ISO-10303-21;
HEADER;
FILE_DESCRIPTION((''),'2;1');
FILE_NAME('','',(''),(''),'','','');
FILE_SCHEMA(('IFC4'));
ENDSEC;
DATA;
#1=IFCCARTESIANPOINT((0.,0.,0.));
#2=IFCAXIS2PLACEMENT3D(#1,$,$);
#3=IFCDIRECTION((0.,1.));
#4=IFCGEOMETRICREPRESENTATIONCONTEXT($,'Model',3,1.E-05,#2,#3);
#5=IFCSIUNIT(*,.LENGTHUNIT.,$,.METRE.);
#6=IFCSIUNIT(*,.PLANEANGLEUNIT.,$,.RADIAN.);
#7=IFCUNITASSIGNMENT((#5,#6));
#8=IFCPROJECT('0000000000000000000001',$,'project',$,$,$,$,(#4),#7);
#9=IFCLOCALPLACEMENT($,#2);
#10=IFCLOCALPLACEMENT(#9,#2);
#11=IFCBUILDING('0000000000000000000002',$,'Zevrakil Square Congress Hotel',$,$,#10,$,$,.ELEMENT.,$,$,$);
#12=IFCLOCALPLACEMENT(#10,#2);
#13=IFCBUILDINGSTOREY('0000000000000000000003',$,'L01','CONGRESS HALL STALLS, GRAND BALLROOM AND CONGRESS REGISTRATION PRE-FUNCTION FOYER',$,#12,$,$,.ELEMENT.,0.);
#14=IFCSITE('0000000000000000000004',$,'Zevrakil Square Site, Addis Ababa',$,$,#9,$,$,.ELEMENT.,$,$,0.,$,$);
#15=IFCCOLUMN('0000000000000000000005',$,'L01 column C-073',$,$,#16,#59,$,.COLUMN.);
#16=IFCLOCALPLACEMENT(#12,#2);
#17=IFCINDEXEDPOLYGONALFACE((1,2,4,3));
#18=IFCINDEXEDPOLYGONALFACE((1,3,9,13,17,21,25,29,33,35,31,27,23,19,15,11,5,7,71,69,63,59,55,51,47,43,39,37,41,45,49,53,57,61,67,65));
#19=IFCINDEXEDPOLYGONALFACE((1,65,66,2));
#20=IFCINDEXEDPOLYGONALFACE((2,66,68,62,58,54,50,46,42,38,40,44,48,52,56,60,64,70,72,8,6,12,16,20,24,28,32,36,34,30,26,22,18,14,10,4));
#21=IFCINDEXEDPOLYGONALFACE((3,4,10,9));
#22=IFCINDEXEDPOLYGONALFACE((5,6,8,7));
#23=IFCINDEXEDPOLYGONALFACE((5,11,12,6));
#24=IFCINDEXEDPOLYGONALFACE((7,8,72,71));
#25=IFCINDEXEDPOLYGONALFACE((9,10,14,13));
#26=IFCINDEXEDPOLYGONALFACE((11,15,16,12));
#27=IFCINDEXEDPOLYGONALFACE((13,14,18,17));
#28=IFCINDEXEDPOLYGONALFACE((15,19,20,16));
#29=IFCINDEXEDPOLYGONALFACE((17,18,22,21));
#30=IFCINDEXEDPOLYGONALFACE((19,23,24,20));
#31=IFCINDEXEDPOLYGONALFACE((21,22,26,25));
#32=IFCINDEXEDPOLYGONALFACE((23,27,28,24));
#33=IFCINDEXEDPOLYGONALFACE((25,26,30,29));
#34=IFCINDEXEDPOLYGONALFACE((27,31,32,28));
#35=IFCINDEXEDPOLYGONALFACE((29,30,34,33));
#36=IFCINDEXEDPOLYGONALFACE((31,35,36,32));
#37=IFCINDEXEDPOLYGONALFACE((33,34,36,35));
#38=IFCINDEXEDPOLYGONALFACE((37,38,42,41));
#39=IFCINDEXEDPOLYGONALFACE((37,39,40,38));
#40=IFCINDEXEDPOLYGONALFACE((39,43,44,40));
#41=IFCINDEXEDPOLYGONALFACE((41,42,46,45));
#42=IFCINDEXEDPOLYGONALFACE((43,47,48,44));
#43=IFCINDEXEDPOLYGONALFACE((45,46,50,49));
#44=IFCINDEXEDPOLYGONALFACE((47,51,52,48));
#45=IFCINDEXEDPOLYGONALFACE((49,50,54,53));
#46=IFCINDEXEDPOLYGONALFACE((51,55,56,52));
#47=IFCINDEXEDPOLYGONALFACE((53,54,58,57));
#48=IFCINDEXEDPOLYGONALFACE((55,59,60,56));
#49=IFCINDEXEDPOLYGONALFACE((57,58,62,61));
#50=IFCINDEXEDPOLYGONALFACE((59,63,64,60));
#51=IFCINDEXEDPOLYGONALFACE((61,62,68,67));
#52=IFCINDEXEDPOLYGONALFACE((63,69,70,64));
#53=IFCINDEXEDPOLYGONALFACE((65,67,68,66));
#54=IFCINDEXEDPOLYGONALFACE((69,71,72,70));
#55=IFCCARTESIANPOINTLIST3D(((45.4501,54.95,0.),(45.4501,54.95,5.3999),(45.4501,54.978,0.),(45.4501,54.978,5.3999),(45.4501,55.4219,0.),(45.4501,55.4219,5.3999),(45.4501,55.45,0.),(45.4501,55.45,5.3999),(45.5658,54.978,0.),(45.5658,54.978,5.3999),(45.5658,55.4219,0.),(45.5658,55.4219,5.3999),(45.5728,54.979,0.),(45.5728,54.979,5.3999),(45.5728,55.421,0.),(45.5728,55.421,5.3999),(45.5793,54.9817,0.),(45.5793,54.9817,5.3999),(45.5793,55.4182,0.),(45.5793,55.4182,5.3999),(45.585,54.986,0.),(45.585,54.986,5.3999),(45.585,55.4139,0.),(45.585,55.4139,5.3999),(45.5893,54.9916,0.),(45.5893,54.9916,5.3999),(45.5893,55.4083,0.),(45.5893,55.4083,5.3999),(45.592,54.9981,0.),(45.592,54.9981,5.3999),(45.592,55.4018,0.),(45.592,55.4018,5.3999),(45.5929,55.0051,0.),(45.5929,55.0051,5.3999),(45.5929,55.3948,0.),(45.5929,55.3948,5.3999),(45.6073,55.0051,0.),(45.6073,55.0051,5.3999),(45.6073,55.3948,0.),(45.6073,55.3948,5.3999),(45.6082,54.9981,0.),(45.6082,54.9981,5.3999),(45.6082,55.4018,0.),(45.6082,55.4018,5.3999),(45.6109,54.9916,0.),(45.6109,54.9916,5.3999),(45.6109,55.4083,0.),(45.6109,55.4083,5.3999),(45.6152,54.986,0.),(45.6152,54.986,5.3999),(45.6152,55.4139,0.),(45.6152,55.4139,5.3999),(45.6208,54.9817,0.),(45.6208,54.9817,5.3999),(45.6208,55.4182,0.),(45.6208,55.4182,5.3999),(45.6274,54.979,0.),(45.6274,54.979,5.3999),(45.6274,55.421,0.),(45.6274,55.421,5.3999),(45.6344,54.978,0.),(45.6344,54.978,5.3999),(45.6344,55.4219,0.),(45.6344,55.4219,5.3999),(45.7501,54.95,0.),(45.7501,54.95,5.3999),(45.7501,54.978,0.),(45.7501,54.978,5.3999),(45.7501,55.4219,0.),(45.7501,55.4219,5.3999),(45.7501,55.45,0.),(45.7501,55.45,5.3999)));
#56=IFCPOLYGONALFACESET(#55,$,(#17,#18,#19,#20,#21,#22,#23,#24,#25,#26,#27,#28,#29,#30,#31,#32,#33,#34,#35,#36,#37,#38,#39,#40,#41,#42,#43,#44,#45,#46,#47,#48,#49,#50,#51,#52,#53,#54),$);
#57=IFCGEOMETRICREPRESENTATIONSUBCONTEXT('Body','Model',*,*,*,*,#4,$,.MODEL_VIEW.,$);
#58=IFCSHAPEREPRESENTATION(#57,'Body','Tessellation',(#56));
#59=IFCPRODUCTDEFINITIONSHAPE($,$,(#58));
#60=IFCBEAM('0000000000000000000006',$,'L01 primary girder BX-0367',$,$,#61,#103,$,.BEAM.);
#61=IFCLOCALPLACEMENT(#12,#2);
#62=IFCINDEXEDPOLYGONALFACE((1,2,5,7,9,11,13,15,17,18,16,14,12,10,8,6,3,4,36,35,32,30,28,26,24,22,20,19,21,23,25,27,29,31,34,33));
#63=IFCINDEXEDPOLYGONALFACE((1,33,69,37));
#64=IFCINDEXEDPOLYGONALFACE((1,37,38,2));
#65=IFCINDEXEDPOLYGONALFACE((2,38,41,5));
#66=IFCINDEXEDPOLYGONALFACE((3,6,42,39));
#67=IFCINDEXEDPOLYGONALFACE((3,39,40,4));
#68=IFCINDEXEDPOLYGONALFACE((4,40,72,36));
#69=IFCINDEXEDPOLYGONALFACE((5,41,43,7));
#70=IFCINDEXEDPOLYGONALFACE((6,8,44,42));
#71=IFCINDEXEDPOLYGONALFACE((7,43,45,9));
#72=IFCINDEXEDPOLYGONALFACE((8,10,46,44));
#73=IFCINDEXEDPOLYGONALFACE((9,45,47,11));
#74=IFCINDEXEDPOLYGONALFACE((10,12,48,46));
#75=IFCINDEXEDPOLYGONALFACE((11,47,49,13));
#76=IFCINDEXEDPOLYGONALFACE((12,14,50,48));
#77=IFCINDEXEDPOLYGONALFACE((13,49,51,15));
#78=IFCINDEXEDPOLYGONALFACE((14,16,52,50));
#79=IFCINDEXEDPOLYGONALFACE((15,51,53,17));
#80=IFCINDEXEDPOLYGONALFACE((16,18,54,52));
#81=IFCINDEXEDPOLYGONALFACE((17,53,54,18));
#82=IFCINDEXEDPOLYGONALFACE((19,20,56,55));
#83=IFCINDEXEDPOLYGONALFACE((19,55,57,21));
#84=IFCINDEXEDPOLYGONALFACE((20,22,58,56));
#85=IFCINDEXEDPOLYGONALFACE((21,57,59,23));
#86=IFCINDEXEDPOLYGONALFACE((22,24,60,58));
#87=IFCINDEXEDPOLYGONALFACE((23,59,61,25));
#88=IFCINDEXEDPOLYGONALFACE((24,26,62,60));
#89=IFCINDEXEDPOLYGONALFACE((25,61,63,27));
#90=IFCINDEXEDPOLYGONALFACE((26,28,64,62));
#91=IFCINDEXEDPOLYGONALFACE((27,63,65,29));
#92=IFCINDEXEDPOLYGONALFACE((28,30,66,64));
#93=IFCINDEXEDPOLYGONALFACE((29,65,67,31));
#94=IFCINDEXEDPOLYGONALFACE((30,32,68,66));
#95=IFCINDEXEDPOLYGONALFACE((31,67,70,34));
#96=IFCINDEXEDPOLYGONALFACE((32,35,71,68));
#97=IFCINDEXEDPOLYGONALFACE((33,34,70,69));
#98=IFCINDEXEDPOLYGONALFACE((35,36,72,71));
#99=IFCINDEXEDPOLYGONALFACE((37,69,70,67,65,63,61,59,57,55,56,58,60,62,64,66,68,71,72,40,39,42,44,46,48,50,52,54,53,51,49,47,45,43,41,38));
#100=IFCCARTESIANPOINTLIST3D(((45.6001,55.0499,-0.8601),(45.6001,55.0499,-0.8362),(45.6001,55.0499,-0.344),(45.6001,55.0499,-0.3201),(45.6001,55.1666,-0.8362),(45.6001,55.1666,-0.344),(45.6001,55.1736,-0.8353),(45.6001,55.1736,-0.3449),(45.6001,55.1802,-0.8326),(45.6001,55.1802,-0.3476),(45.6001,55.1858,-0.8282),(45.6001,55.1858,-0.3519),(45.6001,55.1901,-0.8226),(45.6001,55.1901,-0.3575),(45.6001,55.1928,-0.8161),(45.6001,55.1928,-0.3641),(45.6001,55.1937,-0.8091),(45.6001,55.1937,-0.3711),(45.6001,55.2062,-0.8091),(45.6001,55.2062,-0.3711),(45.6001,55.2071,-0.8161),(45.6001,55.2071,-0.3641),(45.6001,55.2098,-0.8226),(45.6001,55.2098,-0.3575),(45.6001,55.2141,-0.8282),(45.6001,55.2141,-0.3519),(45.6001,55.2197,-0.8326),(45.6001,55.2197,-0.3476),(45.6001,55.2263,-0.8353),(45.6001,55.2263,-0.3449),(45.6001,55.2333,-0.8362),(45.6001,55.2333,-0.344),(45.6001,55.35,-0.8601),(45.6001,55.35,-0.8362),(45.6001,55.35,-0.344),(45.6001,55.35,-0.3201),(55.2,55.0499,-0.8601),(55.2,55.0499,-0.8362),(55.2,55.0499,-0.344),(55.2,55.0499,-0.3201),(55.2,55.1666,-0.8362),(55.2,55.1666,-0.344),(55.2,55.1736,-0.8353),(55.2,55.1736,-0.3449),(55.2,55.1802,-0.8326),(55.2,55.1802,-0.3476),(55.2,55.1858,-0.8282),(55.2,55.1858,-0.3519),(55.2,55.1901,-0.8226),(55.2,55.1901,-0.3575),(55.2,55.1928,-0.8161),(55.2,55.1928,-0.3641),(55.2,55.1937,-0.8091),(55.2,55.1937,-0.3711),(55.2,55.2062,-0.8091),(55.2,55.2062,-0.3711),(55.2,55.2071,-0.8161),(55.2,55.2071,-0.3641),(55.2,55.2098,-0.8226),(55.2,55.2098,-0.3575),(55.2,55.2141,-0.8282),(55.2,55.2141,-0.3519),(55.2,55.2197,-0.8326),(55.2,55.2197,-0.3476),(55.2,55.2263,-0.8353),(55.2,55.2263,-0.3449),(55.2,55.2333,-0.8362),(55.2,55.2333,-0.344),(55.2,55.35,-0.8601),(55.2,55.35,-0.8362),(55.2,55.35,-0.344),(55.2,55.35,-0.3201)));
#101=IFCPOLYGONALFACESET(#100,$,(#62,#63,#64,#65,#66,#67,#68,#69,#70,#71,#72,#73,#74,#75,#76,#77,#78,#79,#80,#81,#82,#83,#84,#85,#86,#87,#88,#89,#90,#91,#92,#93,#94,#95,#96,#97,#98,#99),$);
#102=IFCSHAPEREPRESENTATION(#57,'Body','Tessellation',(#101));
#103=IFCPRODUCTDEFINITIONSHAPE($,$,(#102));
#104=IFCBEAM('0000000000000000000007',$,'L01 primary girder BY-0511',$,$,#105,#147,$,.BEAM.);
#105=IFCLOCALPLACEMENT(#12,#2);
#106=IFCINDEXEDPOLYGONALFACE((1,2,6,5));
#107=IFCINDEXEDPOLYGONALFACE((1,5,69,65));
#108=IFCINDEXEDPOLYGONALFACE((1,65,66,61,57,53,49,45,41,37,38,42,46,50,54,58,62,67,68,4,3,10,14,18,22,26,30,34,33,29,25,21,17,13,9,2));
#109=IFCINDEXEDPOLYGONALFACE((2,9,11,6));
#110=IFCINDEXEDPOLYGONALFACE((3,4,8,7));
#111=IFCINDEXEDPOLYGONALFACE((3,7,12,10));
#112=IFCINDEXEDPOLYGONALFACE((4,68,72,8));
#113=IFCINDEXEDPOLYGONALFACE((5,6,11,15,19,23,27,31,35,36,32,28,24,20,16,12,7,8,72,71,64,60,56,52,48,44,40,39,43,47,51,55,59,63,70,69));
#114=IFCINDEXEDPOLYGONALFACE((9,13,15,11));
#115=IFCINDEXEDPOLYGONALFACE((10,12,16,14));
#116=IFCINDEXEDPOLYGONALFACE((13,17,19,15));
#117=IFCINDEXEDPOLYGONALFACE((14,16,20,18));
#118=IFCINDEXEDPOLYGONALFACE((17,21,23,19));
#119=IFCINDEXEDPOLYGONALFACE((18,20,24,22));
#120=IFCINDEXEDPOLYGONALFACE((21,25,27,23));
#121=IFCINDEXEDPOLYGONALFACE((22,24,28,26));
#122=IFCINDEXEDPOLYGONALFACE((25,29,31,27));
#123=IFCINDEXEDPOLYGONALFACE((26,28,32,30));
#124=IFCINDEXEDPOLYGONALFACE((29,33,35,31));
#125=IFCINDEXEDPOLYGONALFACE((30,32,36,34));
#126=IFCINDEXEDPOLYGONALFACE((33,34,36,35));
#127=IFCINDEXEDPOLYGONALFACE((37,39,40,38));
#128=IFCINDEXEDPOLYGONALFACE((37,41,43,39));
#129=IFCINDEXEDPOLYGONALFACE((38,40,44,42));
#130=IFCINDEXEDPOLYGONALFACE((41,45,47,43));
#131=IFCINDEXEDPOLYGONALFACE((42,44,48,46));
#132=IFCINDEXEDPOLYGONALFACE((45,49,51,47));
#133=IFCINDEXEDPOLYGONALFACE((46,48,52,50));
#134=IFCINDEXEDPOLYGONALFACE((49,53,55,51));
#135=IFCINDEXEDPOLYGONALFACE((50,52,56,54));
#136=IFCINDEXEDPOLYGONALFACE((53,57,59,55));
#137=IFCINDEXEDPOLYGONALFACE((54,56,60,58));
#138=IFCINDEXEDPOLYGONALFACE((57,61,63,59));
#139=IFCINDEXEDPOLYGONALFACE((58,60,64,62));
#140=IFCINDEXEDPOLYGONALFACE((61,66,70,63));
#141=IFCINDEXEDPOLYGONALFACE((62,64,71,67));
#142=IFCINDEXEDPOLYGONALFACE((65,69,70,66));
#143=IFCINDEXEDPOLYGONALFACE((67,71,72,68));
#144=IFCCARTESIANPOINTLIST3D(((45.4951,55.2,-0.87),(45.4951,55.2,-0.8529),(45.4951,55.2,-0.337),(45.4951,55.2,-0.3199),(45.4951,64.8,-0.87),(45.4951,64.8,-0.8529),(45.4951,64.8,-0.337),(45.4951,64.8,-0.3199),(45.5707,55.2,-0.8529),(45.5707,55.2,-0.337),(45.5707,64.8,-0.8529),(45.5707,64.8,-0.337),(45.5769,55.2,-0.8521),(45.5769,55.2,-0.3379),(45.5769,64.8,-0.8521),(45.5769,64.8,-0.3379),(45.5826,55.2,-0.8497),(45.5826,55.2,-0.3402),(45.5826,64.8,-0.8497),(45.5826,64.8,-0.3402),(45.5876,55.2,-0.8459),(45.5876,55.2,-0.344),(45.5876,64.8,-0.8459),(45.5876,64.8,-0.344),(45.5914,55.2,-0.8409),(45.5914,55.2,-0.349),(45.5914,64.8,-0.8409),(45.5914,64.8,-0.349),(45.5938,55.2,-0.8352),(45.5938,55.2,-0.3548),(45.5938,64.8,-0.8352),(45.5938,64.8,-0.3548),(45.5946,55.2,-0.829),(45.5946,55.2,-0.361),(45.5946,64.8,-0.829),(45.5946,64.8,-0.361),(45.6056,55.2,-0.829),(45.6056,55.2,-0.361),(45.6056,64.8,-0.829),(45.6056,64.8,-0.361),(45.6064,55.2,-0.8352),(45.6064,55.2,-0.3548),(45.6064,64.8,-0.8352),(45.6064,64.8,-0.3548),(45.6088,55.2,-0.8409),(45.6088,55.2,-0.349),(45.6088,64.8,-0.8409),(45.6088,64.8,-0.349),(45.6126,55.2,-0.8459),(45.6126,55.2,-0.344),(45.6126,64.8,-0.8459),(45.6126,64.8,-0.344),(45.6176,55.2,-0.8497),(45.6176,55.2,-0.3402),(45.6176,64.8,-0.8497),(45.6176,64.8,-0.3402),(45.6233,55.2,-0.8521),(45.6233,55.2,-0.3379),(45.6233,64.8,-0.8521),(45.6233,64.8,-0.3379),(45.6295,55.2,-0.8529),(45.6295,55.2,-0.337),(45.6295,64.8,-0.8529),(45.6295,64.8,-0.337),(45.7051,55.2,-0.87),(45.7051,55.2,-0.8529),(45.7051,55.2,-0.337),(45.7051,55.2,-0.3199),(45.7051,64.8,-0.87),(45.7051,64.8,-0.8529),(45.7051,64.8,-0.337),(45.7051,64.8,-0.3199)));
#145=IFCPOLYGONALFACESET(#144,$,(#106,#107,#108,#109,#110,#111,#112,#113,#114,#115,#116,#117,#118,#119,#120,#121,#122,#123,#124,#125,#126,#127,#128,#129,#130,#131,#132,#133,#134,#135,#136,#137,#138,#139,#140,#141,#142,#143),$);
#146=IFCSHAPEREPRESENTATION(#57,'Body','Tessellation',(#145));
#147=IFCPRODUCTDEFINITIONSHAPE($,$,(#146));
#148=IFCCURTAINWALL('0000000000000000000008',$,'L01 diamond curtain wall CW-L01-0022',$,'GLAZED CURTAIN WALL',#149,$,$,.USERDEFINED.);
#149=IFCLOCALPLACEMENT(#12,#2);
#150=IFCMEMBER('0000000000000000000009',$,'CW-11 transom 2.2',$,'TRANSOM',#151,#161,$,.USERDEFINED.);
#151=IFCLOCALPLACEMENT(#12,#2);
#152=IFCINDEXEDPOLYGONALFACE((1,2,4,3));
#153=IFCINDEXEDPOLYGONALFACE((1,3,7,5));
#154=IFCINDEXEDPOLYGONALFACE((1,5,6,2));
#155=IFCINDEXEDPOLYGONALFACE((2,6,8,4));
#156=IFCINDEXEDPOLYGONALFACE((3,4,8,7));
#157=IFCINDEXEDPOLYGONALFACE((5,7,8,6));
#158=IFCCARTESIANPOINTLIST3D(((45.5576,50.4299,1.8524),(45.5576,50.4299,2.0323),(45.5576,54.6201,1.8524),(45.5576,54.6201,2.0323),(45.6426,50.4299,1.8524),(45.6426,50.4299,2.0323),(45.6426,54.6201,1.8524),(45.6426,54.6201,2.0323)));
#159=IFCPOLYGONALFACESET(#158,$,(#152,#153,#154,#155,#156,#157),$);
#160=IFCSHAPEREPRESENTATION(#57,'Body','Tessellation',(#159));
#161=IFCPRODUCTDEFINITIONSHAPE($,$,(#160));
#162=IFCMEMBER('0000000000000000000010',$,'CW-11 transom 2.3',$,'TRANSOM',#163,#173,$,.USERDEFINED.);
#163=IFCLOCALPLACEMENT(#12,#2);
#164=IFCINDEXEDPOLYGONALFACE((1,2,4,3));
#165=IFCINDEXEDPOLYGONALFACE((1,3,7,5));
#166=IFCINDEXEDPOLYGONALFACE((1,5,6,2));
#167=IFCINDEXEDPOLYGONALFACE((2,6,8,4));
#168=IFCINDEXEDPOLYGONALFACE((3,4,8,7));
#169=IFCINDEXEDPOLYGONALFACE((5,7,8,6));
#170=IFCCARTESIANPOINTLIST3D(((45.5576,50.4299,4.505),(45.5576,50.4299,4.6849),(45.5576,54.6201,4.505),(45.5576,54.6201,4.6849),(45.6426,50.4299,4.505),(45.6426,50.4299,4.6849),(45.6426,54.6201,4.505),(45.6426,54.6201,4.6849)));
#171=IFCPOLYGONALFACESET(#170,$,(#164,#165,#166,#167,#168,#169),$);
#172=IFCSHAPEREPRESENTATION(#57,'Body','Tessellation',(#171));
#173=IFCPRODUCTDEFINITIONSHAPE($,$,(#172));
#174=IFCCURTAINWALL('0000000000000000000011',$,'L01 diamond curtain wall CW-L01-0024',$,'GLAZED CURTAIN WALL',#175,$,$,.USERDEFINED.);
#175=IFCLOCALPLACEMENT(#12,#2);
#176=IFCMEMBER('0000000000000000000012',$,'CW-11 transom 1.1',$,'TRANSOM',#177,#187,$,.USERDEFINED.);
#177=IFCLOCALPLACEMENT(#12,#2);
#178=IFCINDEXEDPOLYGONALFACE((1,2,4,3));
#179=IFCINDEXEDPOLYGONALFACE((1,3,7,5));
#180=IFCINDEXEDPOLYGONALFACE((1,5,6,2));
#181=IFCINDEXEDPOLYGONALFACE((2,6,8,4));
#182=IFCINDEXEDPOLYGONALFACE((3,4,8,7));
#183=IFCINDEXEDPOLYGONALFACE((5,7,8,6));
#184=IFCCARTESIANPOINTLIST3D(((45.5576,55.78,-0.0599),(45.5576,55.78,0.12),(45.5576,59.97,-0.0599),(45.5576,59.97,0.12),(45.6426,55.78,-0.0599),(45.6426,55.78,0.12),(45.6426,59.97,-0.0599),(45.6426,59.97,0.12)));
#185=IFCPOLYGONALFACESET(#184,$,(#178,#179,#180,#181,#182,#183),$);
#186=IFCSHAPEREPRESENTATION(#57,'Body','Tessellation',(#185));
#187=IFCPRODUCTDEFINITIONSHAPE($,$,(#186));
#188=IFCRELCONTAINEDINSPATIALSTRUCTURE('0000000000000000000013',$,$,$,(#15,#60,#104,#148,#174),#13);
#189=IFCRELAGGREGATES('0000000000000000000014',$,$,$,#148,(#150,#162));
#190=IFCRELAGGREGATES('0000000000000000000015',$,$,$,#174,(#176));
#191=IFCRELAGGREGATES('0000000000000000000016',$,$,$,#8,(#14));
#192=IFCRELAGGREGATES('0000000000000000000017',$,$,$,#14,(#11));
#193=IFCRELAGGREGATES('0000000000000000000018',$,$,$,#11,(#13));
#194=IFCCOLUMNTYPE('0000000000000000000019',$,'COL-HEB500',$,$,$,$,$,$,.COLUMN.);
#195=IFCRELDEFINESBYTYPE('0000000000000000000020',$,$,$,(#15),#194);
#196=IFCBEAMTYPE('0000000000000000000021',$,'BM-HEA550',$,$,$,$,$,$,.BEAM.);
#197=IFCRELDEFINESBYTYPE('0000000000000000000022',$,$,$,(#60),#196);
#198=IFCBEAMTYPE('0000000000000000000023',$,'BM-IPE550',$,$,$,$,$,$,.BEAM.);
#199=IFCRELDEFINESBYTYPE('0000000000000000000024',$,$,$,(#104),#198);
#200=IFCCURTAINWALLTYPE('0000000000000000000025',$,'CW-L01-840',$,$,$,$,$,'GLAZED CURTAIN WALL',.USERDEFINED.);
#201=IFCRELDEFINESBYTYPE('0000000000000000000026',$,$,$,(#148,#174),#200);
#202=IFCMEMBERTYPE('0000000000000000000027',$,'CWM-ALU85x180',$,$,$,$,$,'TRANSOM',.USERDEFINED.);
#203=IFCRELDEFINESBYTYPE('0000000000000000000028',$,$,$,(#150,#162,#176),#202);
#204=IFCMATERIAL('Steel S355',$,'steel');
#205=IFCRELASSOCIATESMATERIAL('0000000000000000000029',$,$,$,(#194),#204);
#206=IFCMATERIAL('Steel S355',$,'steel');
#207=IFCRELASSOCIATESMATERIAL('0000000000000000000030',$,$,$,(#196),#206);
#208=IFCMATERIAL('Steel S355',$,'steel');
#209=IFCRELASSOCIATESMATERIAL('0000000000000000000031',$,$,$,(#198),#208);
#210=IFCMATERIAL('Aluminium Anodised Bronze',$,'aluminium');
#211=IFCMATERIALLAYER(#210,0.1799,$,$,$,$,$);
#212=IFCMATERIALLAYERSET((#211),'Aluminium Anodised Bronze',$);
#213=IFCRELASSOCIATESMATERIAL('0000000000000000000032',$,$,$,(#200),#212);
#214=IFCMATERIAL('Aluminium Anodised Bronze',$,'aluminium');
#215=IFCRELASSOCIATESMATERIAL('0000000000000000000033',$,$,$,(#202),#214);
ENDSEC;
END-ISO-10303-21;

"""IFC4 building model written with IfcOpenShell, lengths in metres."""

from ifc_helpers import new_model, si_unit, direction, frame, origin, origin_2d, place, context, subcontext, project, spatial, rectangle, i_section, extrude, material, layer, layer_set, material_profile, profile_set, type_object, element, aggregate, save


model = new_model("IFC4")

# Units and contexts
model_context = context("Model", 3, precision=1e-05, world=origin(), true_north=direction((0.0, 1.0)))
body_context = subcontext(model_context, "Body", "Model", "MODEL_VIEW")
ifc_project = project(units=[si_unit("LENGTHUNIT", "METRE"), si_unit("PLANEANGLEUNIT", "RADIAN")], contexts=[model_context])

# Site, building, storey
site_placement = place(None, origin())
site = spatial("IfcSite", under=ifc_project, at=site_placement, Name="Zevrakil Square Site, Addis Ababa", CompositionType="ELEMENT", RefElevation=0.0)
building_placement = place(site_placement, origin())
building = spatial("IfcBuilding", under=site, at=building_placement, Name="Zevrakil Square Congress Hotel", CompositionType="ELEMENT")
storey_placement = place(building_placement, origin())
storey = spatial("IfcBuildingStorey", under=building, at=storey_placement, Name="L01", Description="CONGRESS HALL STALLS, GRAND BALLROOM AND CONGRESS REGISTRATION PRE-FUNCTION FOYER", CompositionType="ELEMENT", Elevation=0.0)

# Column
ifc_material_1 = material(Name="Steel S355", Category="steel")
ifc_material_profile_1 = material_profile(ifc_material_1, i_section(OverallWidth=0.3, OverallDepth=0.5, WebThickness=0.0144, FlangeThickness=0.0281, FilletRadius=0.0271, at=origin_2d()), Name="HEB 500")
ifc_profile_set_1 = profile_set([ifc_material_profile_1], Name="Steel S355")
column_type = type_object("IfcColumnType", Name="COL-HEB500", PredefinedType="COLUMN", material=ifc_profile_set_1)
column_placement = place(storey_placement, frame((45.6001, 55.2, 0.0), z_axis=(0.0, 0.0, 1.0), x_axis=(1.0, 0.0, 0.0)))
element("IfcColumn", 1, at=column_placement, inside=storey, type_object=column_type, Name="L01 column C-073", PredefinedType="COLUMN", context=body_context, shape_type="SweptSolid", body=[
    extrude(i_section(OverallWidth=0.3, OverallDepth=0.5, WebThickness=0.0144, FlangeThickness=0.0281, FilletRadius=0.0271, at=origin_2d()), origin(), (0.0, 0.0, 1.0), 5.3999),
])

# Beams
ifc_material_2 = material(Name="Steel S355", Category="steel")
ifc_material_profile_2 = material_profile(ifc_material_2, i_section(OverallWidth=0.3, OverallDepth=0.54, WebThickness=0.0125, FlangeThickness=0.0239, FilletRadius=0.0271, at=origin_2d()), Name="HEA 550")
ifc_profile_set_2 = profile_set([ifc_material_profile_2], Name="Steel S355")
beam_type_1 = type_object("IfcBeamType", Name="BM-HEA550", PredefinedType="BEAM", material=ifc_profile_set_2)
beam_1_placement = place(storey_placement, frame((45.6001, 55.2, -0.5901), z_axis=(1.0, 0.0, 0.0), x_axis=(0.0, 1.0, 0.0)))
element("IfcBeam", 2, at=beam_1_placement, inside=storey, type_object=beam_type_1, Name="L01 primary girder BX-0367", PredefinedType="BEAM", context=body_context, shape_type="SweptSolid", body=[
    extrude(i_section(OverallWidth=0.3, OverallDepth=0.54, WebThickness=0.0125, FlangeThickness=0.0239, FilletRadius=0.0271, at=origin_2d()), origin(), (0.0, 0.0, 1.0), 9.5999),
])
ifc_material_3 = material(Name="Steel S355", Category="steel")
ifc_material_profile_3 = material_profile(ifc_material_3, i_section(OverallWidth=0.21, OverallDepth=0.55, WebThickness=0.011, FlangeThickness=0.0171, FilletRadius=0.0239, at=origin_2d()), Name="IPE 550")
ifc_profile_set_3 = profile_set([ifc_material_profile_3], Name="Steel S355")
beam_type_2 = type_object("IfcBeamType", Name="BM-IPE550", PredefinedType="BEAM", material=ifc_profile_set_3)
beam_2_placement = place(storey_placement, frame((45.6001, 55.2, -0.595), z_axis=(0.0, 1.0, 0.0), x_axis=(-1.0, 0.0, 0.0)))
element("IfcBeam", 3, at=beam_2_placement, inside=storey, type_object=beam_type_2, Name="L01 primary girder BY-0511", PredefinedType="BEAM", context=body_context, shape_type="SweptSolid", body=[
    extrude(i_section(OverallWidth=0.21, OverallDepth=0.55, WebThickness=0.011, FlangeThickness=0.0171, FilletRadius=0.0239, at=origin_2d()), origin(), (0.0, 0.0, 1.0), 9.6001),
])

# Curtain walls, members
ifc_material_4 = material(Name="Aluminium Anodised Bronze", Category="aluminium")
ifc_layer_1 = layer(ifc_material_4, 0.1799)
ifc_layer_set_1 = layer_set([ifc_layer_1], Name="Aluminium Anodised Bronze")
curtain_wall_type = type_object("IfcCurtainWallType", Name="CW-L01-840", ElementType="GLAZED CURTAIN WALL", PredefinedType="USERDEFINED", material=ifc_layer_set_1)
curtain_wall_1_placement = place(storey_placement, origin())
curtain_wall_1 = element("IfcCurtainWall", 4, at=curtain_wall_1_placement, inside=storey, type_object=curtain_wall_type, Name="L01 diamond curtain wall CW-L01-0022", ObjectType="GLAZED CURTAIN WALL", PredefinedType="USERDEFINED")
ifc_material_5 = material(Name="Aluminium Anodised Bronze", Category="aluminium")
ifc_material_profile_4 = material_profile(ifc_material_5, rectangle(XDim=0.085, YDim=0.1799, at=origin_2d()), Name="ALU 85x180")
ifc_profile_set_4 = profile_set([ifc_material_profile_4], Name="Aluminium Anodised Bronze")
member_type_1 = type_object("IfcMemberType", Name="CWM-ALU85x180", ElementType="TRANSOM", PredefinedType="USERDEFINED", material=ifc_profile_set_4)
member_1_placement = place(storey_placement, frame((45.6001, 50.4299, 1.9424), z_axis=(0.0, 1.0, 0.0), x_axis=(-1.0, 0.0, 0.0)))
member_1 = element("IfcMember", 5, at=member_1_placement, type_object=member_type_1, Name="CW-11 transom 2.2", ObjectType="TRANSOM", PredefinedType="USERDEFINED", context=body_context, shape_type="SweptSolid", body=[
    extrude(rectangle(XDim=0.085, YDim=0.1799, at=origin_2d()), origin(), (0.0, 0.0, 1.0), 4.1902),
])
member_2_placement = place(storey_placement, frame((45.6001, 50.4299, 4.595), z_axis=(0.0, 1.0, 0.0), x_axis=(-1.0, 0.0, 0.0)))
member_2 = element("IfcMember", 6, at=member_2_placement, type_object=member_type_1, Name="CW-11 transom 2.3", ObjectType="TRANSOM", PredefinedType="USERDEFINED", context=body_context, shape_type="SweptSolid", body=[
    extrude(rectangle(XDim=0.085, YDim=0.1799, at=origin_2d()), origin(), (0.0, 0.0, 1.0), 4.1902),
])
curtain_wall_2_placement = place(storey_placement, origin())
curtain_wall_2 = element("IfcCurtainWall", 7, at=curtain_wall_2_placement, inside=storey, type_object=curtain_wall_type, Name="L01 diamond curtain wall CW-L01-0024", ObjectType="GLAZED CURTAIN WALL", PredefinedType="USERDEFINED")
member_3_placement = place(storey_placement, frame((45.6001, 55.78, 0.03), z_axis=(0.0, 1.0, 0.0), x_axis=(-1.0, 0.0, 0.0)))
member_3 = element("IfcMember", 8, at=member_3_placement, type_object=member_type_1, Name="CW-11 transom 1.1", ObjectType="TRANSOM", PredefinedType="USERDEFINED", context=body_context, shape_type="SweptSolid", body=[
    extrude(rectangle(XDim=0.085, YDim=0.1799, at=origin_2d()), origin(), (0.0, 0.0, 1.0), 4.1899),
])

aggregate(curtain_wall_1, [member_1, member_2])
aggregate(curtain_wall_2, [member_3])

save(model, "model.ifc")
